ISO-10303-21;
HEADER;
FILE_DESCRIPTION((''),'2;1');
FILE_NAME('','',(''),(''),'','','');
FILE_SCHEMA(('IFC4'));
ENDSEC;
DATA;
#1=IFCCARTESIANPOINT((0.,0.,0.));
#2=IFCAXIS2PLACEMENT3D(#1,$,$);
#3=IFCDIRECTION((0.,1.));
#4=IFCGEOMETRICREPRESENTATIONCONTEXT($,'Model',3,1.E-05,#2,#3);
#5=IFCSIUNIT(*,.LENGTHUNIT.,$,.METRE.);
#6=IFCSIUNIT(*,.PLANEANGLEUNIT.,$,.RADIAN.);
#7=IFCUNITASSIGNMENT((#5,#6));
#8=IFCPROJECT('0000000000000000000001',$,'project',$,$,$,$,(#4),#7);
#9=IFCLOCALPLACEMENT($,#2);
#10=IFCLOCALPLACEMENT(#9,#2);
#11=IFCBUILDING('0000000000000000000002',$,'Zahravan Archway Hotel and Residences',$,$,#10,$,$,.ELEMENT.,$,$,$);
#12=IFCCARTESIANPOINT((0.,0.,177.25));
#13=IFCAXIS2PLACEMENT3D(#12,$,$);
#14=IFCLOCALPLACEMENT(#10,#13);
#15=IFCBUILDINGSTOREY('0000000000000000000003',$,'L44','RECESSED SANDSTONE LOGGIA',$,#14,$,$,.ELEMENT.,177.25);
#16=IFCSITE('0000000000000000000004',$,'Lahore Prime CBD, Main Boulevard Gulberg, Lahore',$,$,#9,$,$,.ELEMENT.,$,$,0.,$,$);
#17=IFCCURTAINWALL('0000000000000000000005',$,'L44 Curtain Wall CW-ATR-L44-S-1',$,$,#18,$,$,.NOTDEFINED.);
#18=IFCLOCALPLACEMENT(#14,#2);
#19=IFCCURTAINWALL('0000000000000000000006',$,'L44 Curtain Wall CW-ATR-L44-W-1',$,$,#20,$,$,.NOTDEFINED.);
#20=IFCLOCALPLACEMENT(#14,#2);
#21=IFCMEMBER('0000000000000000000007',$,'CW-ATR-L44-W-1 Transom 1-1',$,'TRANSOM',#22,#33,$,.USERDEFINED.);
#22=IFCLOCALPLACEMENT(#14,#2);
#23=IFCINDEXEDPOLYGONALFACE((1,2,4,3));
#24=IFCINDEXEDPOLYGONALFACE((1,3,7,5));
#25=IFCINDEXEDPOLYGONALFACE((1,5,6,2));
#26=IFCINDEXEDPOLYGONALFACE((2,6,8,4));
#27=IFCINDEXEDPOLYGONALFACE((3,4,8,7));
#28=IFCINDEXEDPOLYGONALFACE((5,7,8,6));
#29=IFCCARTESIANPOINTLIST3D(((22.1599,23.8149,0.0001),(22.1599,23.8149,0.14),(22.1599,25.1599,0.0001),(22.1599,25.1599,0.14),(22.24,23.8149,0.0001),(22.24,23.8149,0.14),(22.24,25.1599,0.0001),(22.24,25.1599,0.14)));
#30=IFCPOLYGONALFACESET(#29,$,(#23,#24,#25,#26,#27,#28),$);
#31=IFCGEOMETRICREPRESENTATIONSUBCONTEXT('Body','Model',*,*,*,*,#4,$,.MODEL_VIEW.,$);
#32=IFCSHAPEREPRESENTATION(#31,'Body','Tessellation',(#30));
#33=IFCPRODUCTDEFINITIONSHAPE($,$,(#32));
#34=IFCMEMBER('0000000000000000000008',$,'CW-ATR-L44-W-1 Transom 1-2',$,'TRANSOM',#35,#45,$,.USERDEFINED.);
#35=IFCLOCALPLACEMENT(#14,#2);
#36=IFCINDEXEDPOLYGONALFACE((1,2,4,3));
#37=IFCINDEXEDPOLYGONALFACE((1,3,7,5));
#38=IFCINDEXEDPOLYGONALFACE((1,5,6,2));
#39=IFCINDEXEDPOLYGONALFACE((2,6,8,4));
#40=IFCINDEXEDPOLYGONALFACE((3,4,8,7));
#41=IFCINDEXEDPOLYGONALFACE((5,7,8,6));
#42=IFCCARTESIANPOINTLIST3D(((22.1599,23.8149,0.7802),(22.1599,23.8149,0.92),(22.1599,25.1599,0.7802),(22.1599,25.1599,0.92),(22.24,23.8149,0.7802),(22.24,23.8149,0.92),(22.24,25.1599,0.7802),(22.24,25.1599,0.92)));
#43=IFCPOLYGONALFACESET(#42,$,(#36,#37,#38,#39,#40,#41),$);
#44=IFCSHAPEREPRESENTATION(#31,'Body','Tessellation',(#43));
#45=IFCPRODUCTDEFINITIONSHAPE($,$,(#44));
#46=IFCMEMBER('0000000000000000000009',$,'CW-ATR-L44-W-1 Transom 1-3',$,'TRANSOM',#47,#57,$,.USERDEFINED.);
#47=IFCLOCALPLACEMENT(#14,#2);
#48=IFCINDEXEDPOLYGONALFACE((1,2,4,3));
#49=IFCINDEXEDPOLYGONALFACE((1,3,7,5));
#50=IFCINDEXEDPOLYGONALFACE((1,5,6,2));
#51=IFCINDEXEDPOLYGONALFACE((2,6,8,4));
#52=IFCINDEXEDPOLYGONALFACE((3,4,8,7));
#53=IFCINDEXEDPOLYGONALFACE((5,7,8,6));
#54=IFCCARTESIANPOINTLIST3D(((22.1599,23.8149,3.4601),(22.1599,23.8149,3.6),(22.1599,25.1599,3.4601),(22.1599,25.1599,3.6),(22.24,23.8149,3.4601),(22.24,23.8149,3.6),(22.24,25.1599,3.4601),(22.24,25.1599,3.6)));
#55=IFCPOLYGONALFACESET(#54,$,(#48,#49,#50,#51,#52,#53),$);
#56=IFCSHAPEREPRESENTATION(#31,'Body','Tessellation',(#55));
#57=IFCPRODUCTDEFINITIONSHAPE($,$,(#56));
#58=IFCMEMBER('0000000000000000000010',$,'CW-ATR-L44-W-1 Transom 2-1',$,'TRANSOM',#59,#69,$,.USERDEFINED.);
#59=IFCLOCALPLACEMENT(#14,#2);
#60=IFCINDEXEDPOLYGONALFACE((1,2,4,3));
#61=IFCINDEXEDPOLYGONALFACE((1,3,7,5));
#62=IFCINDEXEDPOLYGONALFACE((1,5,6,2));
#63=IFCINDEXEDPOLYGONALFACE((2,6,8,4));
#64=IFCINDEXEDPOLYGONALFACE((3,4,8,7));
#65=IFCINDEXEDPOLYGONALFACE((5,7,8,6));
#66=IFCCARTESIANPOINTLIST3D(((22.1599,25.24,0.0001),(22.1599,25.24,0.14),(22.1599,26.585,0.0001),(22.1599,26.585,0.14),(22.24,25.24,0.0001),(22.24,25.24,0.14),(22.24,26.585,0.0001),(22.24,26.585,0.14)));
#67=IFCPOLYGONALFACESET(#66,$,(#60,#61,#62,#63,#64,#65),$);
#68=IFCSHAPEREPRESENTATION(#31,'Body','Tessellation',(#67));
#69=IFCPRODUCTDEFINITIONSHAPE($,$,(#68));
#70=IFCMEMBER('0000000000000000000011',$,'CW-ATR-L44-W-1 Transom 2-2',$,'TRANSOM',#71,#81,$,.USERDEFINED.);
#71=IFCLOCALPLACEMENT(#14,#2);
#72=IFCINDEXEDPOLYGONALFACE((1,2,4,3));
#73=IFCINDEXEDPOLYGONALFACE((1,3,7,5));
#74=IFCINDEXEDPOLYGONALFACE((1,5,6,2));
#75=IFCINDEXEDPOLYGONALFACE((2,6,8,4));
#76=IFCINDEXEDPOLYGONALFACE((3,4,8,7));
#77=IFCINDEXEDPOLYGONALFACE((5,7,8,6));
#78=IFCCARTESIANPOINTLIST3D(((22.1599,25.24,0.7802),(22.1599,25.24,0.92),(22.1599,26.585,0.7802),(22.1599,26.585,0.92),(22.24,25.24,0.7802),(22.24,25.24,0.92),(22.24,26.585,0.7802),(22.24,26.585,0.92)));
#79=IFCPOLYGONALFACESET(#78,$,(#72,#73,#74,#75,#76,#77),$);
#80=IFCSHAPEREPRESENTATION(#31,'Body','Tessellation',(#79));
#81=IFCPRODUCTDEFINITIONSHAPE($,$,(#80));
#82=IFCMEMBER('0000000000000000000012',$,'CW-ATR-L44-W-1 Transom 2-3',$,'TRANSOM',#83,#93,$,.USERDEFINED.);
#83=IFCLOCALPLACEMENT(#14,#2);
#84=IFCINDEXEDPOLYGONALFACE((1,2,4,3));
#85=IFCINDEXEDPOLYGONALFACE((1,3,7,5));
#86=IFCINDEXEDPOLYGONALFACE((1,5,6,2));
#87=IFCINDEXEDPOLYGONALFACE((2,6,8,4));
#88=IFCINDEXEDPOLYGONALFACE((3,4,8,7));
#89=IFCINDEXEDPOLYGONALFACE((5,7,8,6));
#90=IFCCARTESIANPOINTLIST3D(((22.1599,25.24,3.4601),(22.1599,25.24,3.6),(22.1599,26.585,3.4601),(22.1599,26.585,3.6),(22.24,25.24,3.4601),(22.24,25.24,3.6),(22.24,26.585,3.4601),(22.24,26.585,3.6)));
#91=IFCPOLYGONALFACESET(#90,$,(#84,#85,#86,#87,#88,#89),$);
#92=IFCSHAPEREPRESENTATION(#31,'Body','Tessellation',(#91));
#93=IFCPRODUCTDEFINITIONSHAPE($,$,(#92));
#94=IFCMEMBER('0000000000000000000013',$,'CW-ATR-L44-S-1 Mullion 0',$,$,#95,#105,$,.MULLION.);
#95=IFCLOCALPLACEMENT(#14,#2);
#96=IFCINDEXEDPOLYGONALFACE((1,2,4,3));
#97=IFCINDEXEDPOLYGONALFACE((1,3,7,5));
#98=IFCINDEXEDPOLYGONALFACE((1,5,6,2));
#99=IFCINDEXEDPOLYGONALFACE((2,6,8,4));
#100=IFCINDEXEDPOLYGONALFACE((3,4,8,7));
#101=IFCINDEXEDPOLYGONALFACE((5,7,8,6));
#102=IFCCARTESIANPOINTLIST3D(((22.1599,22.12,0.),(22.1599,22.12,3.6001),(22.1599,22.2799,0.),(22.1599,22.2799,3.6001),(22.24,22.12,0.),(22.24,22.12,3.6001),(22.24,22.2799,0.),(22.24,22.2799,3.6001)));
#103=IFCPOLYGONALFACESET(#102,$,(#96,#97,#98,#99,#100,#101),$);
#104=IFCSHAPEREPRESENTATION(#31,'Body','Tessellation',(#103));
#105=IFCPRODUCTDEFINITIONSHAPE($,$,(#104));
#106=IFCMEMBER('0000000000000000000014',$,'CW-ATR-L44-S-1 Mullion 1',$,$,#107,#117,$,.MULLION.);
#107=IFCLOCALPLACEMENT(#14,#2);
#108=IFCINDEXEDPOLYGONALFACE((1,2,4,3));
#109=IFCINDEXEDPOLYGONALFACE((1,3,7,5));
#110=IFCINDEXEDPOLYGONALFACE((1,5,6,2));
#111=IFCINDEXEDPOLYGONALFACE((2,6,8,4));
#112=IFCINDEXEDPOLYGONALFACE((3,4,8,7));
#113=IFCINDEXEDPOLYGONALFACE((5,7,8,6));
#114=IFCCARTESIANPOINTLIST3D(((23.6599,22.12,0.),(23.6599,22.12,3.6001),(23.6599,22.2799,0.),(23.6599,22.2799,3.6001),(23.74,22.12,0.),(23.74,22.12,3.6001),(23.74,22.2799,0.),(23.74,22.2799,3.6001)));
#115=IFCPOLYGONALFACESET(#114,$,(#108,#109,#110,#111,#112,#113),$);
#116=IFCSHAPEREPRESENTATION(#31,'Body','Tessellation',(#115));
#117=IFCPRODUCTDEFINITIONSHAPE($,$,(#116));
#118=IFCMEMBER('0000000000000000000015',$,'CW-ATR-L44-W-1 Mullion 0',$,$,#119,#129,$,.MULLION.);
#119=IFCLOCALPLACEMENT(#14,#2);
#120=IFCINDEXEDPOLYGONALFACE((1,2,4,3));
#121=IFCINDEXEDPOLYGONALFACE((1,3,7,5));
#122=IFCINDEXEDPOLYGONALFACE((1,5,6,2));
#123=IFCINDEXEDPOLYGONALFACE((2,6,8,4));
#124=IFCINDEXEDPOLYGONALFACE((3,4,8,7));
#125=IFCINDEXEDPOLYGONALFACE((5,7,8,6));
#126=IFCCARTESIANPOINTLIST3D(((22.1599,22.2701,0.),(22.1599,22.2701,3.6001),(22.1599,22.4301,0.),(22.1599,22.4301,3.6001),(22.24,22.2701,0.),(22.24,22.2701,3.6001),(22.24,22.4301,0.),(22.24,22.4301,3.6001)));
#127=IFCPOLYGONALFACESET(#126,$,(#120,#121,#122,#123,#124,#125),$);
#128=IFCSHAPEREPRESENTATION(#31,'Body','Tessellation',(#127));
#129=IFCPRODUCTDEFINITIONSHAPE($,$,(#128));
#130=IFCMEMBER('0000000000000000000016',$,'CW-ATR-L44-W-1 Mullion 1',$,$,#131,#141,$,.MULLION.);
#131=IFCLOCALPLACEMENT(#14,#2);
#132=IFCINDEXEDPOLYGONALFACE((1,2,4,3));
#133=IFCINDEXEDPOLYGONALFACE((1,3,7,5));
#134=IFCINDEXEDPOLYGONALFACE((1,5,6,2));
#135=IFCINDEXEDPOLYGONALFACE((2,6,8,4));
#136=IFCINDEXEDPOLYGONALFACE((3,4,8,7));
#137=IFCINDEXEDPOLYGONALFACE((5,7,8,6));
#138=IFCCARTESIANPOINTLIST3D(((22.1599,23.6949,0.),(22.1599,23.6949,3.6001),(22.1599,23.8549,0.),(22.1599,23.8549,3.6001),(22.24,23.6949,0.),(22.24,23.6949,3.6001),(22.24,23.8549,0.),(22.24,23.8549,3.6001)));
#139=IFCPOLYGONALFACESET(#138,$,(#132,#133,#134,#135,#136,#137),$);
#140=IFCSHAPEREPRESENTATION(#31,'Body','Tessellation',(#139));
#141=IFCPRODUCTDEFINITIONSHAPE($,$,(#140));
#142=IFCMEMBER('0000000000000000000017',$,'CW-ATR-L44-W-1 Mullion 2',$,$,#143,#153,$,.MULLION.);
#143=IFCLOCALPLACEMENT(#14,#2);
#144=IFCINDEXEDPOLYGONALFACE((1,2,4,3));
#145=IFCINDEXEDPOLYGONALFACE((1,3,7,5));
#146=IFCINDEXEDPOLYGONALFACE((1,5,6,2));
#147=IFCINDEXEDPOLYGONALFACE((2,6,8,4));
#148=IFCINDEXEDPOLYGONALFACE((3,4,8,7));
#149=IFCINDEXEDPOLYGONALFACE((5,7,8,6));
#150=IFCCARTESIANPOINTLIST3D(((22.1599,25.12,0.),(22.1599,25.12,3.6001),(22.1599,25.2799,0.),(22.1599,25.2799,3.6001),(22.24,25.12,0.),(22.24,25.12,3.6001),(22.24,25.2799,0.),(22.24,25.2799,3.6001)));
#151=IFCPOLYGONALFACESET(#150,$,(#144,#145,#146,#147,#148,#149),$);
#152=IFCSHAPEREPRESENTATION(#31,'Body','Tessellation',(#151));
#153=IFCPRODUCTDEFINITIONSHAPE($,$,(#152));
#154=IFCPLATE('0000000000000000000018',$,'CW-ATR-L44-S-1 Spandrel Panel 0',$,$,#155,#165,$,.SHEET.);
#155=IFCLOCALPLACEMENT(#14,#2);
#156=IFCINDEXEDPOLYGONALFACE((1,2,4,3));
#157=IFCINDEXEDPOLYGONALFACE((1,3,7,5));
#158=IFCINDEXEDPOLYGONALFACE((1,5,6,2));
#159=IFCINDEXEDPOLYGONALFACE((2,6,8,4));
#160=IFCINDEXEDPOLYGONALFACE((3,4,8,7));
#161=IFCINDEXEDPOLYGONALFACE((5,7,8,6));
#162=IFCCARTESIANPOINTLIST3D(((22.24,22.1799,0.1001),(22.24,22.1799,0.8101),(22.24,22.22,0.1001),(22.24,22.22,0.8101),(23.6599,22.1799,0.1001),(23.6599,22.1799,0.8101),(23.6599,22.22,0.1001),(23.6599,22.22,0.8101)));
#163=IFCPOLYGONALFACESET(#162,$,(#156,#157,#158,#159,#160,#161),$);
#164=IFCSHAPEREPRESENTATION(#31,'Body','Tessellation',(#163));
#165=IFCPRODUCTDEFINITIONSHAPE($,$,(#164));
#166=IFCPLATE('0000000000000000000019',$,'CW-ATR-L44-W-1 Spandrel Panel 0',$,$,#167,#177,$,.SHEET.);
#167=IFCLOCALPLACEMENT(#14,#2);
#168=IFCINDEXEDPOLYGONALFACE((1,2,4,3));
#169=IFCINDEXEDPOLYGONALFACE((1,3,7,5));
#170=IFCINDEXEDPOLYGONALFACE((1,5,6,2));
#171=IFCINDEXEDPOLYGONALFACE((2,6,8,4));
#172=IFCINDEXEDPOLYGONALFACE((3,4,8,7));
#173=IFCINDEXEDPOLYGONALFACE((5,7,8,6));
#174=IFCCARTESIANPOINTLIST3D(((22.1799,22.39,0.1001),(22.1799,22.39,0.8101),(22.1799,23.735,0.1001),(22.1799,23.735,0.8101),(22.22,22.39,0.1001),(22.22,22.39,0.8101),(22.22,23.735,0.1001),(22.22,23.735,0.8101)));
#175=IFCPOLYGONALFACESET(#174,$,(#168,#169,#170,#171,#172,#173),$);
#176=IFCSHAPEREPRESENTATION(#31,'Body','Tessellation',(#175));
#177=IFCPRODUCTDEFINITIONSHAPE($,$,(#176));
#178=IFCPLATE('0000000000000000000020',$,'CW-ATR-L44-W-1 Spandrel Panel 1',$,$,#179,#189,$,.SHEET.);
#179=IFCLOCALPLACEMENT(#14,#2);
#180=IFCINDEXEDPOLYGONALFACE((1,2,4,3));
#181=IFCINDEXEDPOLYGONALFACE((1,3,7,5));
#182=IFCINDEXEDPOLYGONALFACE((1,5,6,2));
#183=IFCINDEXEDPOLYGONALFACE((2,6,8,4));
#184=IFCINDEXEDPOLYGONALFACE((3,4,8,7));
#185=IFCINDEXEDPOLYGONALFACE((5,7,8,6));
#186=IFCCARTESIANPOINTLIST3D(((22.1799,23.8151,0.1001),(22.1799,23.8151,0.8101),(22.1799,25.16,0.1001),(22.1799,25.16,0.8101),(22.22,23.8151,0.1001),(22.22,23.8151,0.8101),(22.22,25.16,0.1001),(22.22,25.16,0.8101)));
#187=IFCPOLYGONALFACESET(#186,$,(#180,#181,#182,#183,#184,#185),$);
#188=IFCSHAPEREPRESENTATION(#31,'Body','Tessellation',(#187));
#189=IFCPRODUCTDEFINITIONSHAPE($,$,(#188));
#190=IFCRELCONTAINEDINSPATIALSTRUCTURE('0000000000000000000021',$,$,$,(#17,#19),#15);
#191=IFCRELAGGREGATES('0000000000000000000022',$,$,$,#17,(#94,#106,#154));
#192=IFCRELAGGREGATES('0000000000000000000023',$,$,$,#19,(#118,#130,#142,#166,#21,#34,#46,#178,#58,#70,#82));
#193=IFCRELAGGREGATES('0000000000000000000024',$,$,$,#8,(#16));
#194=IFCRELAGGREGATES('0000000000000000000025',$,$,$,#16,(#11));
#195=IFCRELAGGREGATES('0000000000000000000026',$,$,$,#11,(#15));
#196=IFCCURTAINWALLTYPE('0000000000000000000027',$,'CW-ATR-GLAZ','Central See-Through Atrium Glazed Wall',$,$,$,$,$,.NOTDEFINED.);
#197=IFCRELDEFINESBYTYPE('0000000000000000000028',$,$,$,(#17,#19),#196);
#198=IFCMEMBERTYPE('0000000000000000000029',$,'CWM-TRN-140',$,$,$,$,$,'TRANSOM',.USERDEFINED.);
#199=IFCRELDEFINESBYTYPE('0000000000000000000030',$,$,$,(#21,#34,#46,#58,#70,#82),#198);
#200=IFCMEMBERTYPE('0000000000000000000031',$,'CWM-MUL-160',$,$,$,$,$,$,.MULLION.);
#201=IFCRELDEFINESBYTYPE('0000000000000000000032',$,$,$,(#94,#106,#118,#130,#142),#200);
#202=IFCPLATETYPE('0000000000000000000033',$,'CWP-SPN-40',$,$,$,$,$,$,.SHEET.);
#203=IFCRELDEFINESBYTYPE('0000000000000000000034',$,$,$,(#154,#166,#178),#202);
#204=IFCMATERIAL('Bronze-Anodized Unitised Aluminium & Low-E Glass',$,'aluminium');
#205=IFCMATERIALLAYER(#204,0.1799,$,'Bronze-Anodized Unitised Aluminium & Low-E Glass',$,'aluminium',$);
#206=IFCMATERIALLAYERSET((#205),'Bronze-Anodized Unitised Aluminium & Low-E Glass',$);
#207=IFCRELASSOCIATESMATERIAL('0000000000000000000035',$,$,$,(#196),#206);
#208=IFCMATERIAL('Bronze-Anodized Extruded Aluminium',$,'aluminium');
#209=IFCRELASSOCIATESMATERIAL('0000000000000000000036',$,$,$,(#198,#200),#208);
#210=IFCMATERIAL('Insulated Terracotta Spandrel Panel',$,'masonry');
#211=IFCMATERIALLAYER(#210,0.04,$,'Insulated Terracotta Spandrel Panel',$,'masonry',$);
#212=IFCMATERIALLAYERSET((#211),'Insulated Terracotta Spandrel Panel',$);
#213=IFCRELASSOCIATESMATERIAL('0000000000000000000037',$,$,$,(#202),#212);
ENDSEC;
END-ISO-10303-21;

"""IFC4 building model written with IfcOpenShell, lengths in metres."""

from ifc_helpers import new_model, si_unit, direction, frame, origin, origin_2d, place, context, subcontext, project, spatial, rectangle, extrude, source, transform, mapped, material, layer, layer_set, material_profile, profile_set, type_object, element, aggregate, save


model = new_model("IFC4")

# Units and contexts
model_context = context("Model", 3, precision=1e-05, world=origin(), true_north=direction((0.0, 1.0)))
body_context = subcontext(model_context, "Body", "Model", "MODEL_VIEW")
ifc_project = project(units=[si_unit("LENGTHUNIT", "METRE"), si_unit("PLANEANGLEUNIT", "RADIAN")], contexts=[model_context])

# Site, building, storey
site_placement = place(None, origin())
site = spatial("IfcSite", under=ifc_project, at=site_placement, Name="Lahore Prime CBD, Main Boulevard Gulberg, Lahore", CompositionType="ELEMENT", RefElevation=0.0)
building_placement = place(site_placement, origin())
building = spatial("IfcBuilding", under=site, at=building_placement, Name="Zahravan Archway Hotel and Residences", CompositionType="ELEMENT")
storey_placement = place(building_placement, frame((0.0, 0.0, 177.25)))
storey = spatial("IfcBuildingStorey", under=building, at=storey_placement, Name="L44", Description="RECESSED SANDSTONE LOGGIA", CompositionType="ELEMENT", Elevation=177.25)

# Curtain walls, members
ifc_material_1 = material(Name="Bronze-Anodized Unitised Aluminium & Low-E Glass", Category="aluminium")
ifc_layer_1 = layer(ifc_material_1, 0.1799, Name="Bronze-Anodized Unitised Aluminium & Low-E Glass", Category="aluminium")
ifc_layer_set_1 = layer_set([ifc_layer_1], Name="Bronze-Anodized Unitised Aluminium & Low-E Glass")
curtain_wall_type = type_object("IfcCurtainWallType", Name="CW-ATR-GLAZ", Description="Central See-Through Atrium Glazed Wall", PredefinedType="NOTDEFINED", material=ifc_layer_set_1)
curtain_wall_1_placement = place(storey_placement, origin())
curtain_wall_1 = element("IfcCurtainWall", 1, at=curtain_wall_1_placement, inside=storey, type_object=curtain_wall_type, Name="L44 Curtain Wall CW-ATR-L44-S-1", PredefinedType="NOTDEFINED")
ifc_material_2 = material(Name="Bronze-Anodized Extruded Aluminium", Category="aluminium")
ifc_material_profile_1 = material_profile(ifc_material_2, rectangle(XDim=0.0801, YDim=0.1399, at=origin_2d()), Name="TRN 80x140", Category="aluminium")
ifc_profile_set_1 = profile_set([ifc_material_profile_1], Name="Bronze-Anodized Extruded Aluminium")
member_type_1 = type_object("IfcMemberType", Name="CWM-TRN-140", ElementType="TRANSOM", PredefinedType="USERDEFINED", material=ifc_profile_set_1)
curtain_wall_2_placement = place(storey_placement, origin())
curtain_wall_2 = element("IfcCurtainWall", 2, at=curtain_wall_2_placement, inside=storey, type_object=curtain_wall_type, Name="L44 Curtain Wall CW-ATR-L44-W-1", PredefinedType="NOTDEFINED")
shared_shape_1 = source(origin(), body_context, "Body", "SweptSolid", [
    extrude(rectangle(XDim=0.0801, YDim=0.1399, at=origin_2d()), origin(), (0.0, 0.0, 1.0), 1.345),
])
member_1_placement = place(storey_placement, frame((22.2, 23.8149, 0.0701), z_axis=(0.0, 1.0, 0.0), x_axis=(-1.0, 0.0, 0.0)))
member_1 = element("IfcMember", 3, at=member_1_placement, type_object=member_type_1, Name="CW-ATR-L44-W-1 Transom 1-1", ObjectType="TRANSOM", PredefinedType="USERDEFINED", context=body_context, shape_type="MappedRepresentation", body=[
    mapped(shared_shape_1, transform((0.0, 0.0, 0.0), scale=1.0)),
])
member_2_placement = place(storey_placement, frame((22.2, 23.8149, 0.8501), z_axis=(0.0, 1.0, 0.0), x_axis=(-1.0, 0.0, 0.0)))
member_2 = element("IfcMember", 4, at=member_2_placement, type_object=member_type_1, Name="CW-ATR-L44-W-1 Transom 1-2", ObjectType="TRANSOM", PredefinedType="USERDEFINED", context=body_context, shape_type="MappedRepresentation", body=[
    mapped(shared_shape_1, transform((0.0, 0.0, 0.0), scale=1.0)),
])
member_3_placement = place(storey_placement, frame((22.2, 23.8149, 3.53), z_axis=(0.0, 1.0, 0.0), x_axis=(-1.0, 0.0, 0.0)))
member_3 = element("IfcMember", 5, at=member_3_placement, type_object=member_type_1, Name="CW-ATR-L44-W-1 Transom 1-3", ObjectType="TRANSOM", PredefinedType="USERDEFINED", context=body_context, shape_type="MappedRepresentation", body=[
    mapped(shared_shape_1, transform((0.0, 0.0, 0.0), scale=1.0)),
])
member_4_placement = place(storey_placement, frame((22.2, 25.24, 0.0701), z_axis=(0.0, 1.0, 0.0), x_axis=(-1.0, 0.0, 0.0)))
member_4 = element("IfcMember", 6, at=member_4_placement, type_object=member_type_1, Name="CW-ATR-L44-W-1 Transom 2-1", ObjectType="TRANSOM", PredefinedType="USERDEFINED", context=body_context, shape_type="MappedRepresentation", body=[
    mapped(shared_shape_1, transform((0.0, 0.0, 0.0), scale=1.0)),
])
member_5_placement = place(storey_placement, frame((22.2, 25.24, 0.8501), z_axis=(0.0, 1.0, 0.0), x_axis=(-1.0, 0.0, 0.0)))
member_5 = element("IfcMember", 7, at=member_5_placement, type_object=member_type_1, Name="CW-ATR-L44-W-1 Transom 2-2", ObjectType="TRANSOM", PredefinedType="USERDEFINED", context=body_context, shape_type="MappedRepresentation", body=[
    mapped(shared_shape_1, transform((0.0, 0.0, 0.0), scale=1.0)),
])
member_6_placement = place(storey_placement, frame((22.2, 25.24, 3.53), z_axis=(0.0, 1.0, 0.0), x_axis=(-1.0, 0.0, 0.0)))
member_6 = element("IfcMember", 8, at=member_6_placement, type_object=member_type_1, Name="CW-ATR-L44-W-1 Transom 2-3", ObjectType="TRANSOM", PredefinedType="USERDEFINED", context=body_context, shape_type="MappedRepresentation", body=[
    mapped(shared_shape_1, transform((0.0, 0.0, 0.0), scale=1.0)),
])

# Members
ifc_material_profile_2 = material_profile(ifc_material_2, rectangle(XDim=0.0801, YDim=0.1599, at=origin_2d()), Name="MUL 80x160", Category="aluminium")
ifc_profile_set_2 = profile_set([ifc_material_profile_2], Name="Bronze-Anodized Extruded Aluminium")
member_type_2 = type_object("IfcMemberType", Name="CWM-MUL-160", PredefinedType="MULLION", material=ifc_profile_set_2)
shared_shape_2 = source(origin(), body_context, "Body", "SweptSolid", [
    extrude(rectangle(XDim=0.0801, YDim=0.1599, at=origin_2d()), origin(), (0.0, 0.0, 1.0), 3.6001),
])
member_7_placement = place(storey_placement, frame((22.2, 22.2, 0.0), z_axis=(0.0, 0.0, 1.0), x_axis=(1.0, 0.0, 0.0)))
member_7 = element("IfcMember", 9, at=member_7_placement, type_object=member_type_2, Name="CW-ATR-L44-S-1 Mullion 0", PredefinedType="MULLION", context=body_context, shape_type="MappedRepresentation", body=[
    mapped(shared_shape_2, transform((0.0, 0.0, 0.0), scale=1.0)),
])
member_8_placement = place(storey_placement, frame((23.7, 22.2, 0.0), z_axis=(0.0, 0.0, 1.0), x_axis=(1.0, 0.0, 0.0)))
member_8 = element("IfcMember", 10, at=member_8_placement, type_object=member_type_2, Name="CW-ATR-L44-S-1 Mullion 1", PredefinedType="MULLION", context=body_context, shape_type="MappedRepresentation", body=[
    mapped(shared_shape_2, transform((0.0, 0.0, 0.0), scale=1.0)),
])
member_9_placement = place(storey_placement, frame((22.2, 22.3501, 0.0), z_axis=(0.0, 0.0, 1.0), x_axis=(1.0, 0.0, 0.0)))
member_9 = element("IfcMember", 11, at=member_9_placement, type_object=member_type_2, Name="CW-ATR-L44-W-1 Mullion 0", PredefinedType="MULLION", context=body_context, shape_type="MappedRepresentation", body=[
    mapped(shared_shape_2, transform((0.0, 0.0, 0.0), scale=1.0)),
])
member_10_placement = place(storey_placement, frame((22.2, 23.7749, 0.0), z_axis=(0.0, 0.0, 1.0), x_axis=(1.0, 0.0, 0.0)))
member_10 = element("IfcMember", 12, at=member_10_placement, type_object=member_type_2, Name="CW-ATR-L44-W-1 Mullion 1", PredefinedType="MULLION", context=body_context, shape_type="MappedRepresentation", body=[
    mapped(shared_shape_2, transform((0.0, 0.0, 0.0), scale=1.0)),
])
member_11_placement = place(storey_placement, frame((22.2, 25.2, 0.0), z_axis=(0.0, 0.0, 1.0), x_axis=(1.0, 0.0, 0.0)))
member_11 = element("IfcMember", 13, at=member_11_placement, type_object=member_type_2, Name="CW-ATR-L44-W-1 Mullion 2", PredefinedType="MULLION", context=body_context, shape_type="MappedRepresentation", body=[
    mapped(shared_shape_2, transform((0.0, 0.0, 0.0), scale=1.0)),
])

# Plates
ifc_material_3 = material(Name="Insulated Terracotta Spandrel Panel", Category="masonry")
ifc_layer_2 = layer(ifc_material_3, 0.04, Name="Insulated Terracotta Spandrel Panel", Category="masonry")
ifc_layer_set_2 = layer_set([ifc_layer_2], Name="Insulated Terracotta Spandrel Panel")
plate_type_1 = type_object("IfcPlateType", Name="CWP-SPN-40", PredefinedType="SHEET", material=ifc_layer_set_2)
shared_shape_3 = source(origin(), body_context, "Body", "SweptSolid", [
    extrude(rectangle(XDim=1.4199, YDim=0.04, at=origin_2d()), origin(), (0.0, 0.0, 1.0), 0.71),
])
plate_1_placement = place(storey_placement, frame((22.95, 22.2, 0.1001), z_axis=(0.0, 0.0, 1.0), x_axis=(1.0, 0.0, 0.0)))
plate_1 = element("IfcPlate", 14, at=plate_1_placement, type_object=plate_type_1, Name="CW-ATR-L44-S-1 Spandrel Panel 0", PredefinedType="SHEET", context=body_context, shape_type="MappedRepresentation", body=[
    mapped(shared_shape_3, transform((0.0, 0.0, 0.0), scale=1.0)),
])
shared_shape_4 = source(origin(), body_context, "Body", "SweptSolid", [
    extrude(rectangle(XDim=1.345, YDim=0.04, at=origin_2d()), origin(), (0.0, 0.0, 1.0), 0.71),
])
plate_2_placement = place(storey_placement, frame((22.2, 23.0625, 0.1001), z_axis=(0.0, 0.0, 1.0), x_axis=(0.0, 1.0, 0.0)))
plate_2 = element("IfcPlate", 15, at=plate_2_placement, type_object=plate_type_1, Name="CW-ATR-L44-W-1 Spandrel Panel 0", PredefinedType="SHEET", context=body_context, shape_type="MappedRepresentation", body=[
    mapped(shared_shape_4, transform((0.0, 0.0, 0.0), scale=1.0)),
])
plate_3_placement = place(storey_placement, frame((22.2, 24.4875, 0.1001), z_axis=(0.0, 0.0, 1.0), x_axis=(0.0, 1.0, 0.0)))
plate_3 = element("IfcPlate", 16, at=plate_3_placement, type_object=plate_type_1, Name="CW-ATR-L44-W-1 Spandrel Panel 1", PredefinedType="SHEET", context=body_context, shape_type="MappedRepresentation", body=[
    mapped(shared_shape_4, transform((0.0, 0.0, 0.0), scale=1.0)),
])
aggregate(curtain_wall_1, [member_7, member_8, plate_1])
aggregate(curtain_wall_2, [member_9, member_10, member_11, plate_2, member_1, member_2, member_3, plate_3, member_4, member_5, member_6])

save(model, "model.ifc")
